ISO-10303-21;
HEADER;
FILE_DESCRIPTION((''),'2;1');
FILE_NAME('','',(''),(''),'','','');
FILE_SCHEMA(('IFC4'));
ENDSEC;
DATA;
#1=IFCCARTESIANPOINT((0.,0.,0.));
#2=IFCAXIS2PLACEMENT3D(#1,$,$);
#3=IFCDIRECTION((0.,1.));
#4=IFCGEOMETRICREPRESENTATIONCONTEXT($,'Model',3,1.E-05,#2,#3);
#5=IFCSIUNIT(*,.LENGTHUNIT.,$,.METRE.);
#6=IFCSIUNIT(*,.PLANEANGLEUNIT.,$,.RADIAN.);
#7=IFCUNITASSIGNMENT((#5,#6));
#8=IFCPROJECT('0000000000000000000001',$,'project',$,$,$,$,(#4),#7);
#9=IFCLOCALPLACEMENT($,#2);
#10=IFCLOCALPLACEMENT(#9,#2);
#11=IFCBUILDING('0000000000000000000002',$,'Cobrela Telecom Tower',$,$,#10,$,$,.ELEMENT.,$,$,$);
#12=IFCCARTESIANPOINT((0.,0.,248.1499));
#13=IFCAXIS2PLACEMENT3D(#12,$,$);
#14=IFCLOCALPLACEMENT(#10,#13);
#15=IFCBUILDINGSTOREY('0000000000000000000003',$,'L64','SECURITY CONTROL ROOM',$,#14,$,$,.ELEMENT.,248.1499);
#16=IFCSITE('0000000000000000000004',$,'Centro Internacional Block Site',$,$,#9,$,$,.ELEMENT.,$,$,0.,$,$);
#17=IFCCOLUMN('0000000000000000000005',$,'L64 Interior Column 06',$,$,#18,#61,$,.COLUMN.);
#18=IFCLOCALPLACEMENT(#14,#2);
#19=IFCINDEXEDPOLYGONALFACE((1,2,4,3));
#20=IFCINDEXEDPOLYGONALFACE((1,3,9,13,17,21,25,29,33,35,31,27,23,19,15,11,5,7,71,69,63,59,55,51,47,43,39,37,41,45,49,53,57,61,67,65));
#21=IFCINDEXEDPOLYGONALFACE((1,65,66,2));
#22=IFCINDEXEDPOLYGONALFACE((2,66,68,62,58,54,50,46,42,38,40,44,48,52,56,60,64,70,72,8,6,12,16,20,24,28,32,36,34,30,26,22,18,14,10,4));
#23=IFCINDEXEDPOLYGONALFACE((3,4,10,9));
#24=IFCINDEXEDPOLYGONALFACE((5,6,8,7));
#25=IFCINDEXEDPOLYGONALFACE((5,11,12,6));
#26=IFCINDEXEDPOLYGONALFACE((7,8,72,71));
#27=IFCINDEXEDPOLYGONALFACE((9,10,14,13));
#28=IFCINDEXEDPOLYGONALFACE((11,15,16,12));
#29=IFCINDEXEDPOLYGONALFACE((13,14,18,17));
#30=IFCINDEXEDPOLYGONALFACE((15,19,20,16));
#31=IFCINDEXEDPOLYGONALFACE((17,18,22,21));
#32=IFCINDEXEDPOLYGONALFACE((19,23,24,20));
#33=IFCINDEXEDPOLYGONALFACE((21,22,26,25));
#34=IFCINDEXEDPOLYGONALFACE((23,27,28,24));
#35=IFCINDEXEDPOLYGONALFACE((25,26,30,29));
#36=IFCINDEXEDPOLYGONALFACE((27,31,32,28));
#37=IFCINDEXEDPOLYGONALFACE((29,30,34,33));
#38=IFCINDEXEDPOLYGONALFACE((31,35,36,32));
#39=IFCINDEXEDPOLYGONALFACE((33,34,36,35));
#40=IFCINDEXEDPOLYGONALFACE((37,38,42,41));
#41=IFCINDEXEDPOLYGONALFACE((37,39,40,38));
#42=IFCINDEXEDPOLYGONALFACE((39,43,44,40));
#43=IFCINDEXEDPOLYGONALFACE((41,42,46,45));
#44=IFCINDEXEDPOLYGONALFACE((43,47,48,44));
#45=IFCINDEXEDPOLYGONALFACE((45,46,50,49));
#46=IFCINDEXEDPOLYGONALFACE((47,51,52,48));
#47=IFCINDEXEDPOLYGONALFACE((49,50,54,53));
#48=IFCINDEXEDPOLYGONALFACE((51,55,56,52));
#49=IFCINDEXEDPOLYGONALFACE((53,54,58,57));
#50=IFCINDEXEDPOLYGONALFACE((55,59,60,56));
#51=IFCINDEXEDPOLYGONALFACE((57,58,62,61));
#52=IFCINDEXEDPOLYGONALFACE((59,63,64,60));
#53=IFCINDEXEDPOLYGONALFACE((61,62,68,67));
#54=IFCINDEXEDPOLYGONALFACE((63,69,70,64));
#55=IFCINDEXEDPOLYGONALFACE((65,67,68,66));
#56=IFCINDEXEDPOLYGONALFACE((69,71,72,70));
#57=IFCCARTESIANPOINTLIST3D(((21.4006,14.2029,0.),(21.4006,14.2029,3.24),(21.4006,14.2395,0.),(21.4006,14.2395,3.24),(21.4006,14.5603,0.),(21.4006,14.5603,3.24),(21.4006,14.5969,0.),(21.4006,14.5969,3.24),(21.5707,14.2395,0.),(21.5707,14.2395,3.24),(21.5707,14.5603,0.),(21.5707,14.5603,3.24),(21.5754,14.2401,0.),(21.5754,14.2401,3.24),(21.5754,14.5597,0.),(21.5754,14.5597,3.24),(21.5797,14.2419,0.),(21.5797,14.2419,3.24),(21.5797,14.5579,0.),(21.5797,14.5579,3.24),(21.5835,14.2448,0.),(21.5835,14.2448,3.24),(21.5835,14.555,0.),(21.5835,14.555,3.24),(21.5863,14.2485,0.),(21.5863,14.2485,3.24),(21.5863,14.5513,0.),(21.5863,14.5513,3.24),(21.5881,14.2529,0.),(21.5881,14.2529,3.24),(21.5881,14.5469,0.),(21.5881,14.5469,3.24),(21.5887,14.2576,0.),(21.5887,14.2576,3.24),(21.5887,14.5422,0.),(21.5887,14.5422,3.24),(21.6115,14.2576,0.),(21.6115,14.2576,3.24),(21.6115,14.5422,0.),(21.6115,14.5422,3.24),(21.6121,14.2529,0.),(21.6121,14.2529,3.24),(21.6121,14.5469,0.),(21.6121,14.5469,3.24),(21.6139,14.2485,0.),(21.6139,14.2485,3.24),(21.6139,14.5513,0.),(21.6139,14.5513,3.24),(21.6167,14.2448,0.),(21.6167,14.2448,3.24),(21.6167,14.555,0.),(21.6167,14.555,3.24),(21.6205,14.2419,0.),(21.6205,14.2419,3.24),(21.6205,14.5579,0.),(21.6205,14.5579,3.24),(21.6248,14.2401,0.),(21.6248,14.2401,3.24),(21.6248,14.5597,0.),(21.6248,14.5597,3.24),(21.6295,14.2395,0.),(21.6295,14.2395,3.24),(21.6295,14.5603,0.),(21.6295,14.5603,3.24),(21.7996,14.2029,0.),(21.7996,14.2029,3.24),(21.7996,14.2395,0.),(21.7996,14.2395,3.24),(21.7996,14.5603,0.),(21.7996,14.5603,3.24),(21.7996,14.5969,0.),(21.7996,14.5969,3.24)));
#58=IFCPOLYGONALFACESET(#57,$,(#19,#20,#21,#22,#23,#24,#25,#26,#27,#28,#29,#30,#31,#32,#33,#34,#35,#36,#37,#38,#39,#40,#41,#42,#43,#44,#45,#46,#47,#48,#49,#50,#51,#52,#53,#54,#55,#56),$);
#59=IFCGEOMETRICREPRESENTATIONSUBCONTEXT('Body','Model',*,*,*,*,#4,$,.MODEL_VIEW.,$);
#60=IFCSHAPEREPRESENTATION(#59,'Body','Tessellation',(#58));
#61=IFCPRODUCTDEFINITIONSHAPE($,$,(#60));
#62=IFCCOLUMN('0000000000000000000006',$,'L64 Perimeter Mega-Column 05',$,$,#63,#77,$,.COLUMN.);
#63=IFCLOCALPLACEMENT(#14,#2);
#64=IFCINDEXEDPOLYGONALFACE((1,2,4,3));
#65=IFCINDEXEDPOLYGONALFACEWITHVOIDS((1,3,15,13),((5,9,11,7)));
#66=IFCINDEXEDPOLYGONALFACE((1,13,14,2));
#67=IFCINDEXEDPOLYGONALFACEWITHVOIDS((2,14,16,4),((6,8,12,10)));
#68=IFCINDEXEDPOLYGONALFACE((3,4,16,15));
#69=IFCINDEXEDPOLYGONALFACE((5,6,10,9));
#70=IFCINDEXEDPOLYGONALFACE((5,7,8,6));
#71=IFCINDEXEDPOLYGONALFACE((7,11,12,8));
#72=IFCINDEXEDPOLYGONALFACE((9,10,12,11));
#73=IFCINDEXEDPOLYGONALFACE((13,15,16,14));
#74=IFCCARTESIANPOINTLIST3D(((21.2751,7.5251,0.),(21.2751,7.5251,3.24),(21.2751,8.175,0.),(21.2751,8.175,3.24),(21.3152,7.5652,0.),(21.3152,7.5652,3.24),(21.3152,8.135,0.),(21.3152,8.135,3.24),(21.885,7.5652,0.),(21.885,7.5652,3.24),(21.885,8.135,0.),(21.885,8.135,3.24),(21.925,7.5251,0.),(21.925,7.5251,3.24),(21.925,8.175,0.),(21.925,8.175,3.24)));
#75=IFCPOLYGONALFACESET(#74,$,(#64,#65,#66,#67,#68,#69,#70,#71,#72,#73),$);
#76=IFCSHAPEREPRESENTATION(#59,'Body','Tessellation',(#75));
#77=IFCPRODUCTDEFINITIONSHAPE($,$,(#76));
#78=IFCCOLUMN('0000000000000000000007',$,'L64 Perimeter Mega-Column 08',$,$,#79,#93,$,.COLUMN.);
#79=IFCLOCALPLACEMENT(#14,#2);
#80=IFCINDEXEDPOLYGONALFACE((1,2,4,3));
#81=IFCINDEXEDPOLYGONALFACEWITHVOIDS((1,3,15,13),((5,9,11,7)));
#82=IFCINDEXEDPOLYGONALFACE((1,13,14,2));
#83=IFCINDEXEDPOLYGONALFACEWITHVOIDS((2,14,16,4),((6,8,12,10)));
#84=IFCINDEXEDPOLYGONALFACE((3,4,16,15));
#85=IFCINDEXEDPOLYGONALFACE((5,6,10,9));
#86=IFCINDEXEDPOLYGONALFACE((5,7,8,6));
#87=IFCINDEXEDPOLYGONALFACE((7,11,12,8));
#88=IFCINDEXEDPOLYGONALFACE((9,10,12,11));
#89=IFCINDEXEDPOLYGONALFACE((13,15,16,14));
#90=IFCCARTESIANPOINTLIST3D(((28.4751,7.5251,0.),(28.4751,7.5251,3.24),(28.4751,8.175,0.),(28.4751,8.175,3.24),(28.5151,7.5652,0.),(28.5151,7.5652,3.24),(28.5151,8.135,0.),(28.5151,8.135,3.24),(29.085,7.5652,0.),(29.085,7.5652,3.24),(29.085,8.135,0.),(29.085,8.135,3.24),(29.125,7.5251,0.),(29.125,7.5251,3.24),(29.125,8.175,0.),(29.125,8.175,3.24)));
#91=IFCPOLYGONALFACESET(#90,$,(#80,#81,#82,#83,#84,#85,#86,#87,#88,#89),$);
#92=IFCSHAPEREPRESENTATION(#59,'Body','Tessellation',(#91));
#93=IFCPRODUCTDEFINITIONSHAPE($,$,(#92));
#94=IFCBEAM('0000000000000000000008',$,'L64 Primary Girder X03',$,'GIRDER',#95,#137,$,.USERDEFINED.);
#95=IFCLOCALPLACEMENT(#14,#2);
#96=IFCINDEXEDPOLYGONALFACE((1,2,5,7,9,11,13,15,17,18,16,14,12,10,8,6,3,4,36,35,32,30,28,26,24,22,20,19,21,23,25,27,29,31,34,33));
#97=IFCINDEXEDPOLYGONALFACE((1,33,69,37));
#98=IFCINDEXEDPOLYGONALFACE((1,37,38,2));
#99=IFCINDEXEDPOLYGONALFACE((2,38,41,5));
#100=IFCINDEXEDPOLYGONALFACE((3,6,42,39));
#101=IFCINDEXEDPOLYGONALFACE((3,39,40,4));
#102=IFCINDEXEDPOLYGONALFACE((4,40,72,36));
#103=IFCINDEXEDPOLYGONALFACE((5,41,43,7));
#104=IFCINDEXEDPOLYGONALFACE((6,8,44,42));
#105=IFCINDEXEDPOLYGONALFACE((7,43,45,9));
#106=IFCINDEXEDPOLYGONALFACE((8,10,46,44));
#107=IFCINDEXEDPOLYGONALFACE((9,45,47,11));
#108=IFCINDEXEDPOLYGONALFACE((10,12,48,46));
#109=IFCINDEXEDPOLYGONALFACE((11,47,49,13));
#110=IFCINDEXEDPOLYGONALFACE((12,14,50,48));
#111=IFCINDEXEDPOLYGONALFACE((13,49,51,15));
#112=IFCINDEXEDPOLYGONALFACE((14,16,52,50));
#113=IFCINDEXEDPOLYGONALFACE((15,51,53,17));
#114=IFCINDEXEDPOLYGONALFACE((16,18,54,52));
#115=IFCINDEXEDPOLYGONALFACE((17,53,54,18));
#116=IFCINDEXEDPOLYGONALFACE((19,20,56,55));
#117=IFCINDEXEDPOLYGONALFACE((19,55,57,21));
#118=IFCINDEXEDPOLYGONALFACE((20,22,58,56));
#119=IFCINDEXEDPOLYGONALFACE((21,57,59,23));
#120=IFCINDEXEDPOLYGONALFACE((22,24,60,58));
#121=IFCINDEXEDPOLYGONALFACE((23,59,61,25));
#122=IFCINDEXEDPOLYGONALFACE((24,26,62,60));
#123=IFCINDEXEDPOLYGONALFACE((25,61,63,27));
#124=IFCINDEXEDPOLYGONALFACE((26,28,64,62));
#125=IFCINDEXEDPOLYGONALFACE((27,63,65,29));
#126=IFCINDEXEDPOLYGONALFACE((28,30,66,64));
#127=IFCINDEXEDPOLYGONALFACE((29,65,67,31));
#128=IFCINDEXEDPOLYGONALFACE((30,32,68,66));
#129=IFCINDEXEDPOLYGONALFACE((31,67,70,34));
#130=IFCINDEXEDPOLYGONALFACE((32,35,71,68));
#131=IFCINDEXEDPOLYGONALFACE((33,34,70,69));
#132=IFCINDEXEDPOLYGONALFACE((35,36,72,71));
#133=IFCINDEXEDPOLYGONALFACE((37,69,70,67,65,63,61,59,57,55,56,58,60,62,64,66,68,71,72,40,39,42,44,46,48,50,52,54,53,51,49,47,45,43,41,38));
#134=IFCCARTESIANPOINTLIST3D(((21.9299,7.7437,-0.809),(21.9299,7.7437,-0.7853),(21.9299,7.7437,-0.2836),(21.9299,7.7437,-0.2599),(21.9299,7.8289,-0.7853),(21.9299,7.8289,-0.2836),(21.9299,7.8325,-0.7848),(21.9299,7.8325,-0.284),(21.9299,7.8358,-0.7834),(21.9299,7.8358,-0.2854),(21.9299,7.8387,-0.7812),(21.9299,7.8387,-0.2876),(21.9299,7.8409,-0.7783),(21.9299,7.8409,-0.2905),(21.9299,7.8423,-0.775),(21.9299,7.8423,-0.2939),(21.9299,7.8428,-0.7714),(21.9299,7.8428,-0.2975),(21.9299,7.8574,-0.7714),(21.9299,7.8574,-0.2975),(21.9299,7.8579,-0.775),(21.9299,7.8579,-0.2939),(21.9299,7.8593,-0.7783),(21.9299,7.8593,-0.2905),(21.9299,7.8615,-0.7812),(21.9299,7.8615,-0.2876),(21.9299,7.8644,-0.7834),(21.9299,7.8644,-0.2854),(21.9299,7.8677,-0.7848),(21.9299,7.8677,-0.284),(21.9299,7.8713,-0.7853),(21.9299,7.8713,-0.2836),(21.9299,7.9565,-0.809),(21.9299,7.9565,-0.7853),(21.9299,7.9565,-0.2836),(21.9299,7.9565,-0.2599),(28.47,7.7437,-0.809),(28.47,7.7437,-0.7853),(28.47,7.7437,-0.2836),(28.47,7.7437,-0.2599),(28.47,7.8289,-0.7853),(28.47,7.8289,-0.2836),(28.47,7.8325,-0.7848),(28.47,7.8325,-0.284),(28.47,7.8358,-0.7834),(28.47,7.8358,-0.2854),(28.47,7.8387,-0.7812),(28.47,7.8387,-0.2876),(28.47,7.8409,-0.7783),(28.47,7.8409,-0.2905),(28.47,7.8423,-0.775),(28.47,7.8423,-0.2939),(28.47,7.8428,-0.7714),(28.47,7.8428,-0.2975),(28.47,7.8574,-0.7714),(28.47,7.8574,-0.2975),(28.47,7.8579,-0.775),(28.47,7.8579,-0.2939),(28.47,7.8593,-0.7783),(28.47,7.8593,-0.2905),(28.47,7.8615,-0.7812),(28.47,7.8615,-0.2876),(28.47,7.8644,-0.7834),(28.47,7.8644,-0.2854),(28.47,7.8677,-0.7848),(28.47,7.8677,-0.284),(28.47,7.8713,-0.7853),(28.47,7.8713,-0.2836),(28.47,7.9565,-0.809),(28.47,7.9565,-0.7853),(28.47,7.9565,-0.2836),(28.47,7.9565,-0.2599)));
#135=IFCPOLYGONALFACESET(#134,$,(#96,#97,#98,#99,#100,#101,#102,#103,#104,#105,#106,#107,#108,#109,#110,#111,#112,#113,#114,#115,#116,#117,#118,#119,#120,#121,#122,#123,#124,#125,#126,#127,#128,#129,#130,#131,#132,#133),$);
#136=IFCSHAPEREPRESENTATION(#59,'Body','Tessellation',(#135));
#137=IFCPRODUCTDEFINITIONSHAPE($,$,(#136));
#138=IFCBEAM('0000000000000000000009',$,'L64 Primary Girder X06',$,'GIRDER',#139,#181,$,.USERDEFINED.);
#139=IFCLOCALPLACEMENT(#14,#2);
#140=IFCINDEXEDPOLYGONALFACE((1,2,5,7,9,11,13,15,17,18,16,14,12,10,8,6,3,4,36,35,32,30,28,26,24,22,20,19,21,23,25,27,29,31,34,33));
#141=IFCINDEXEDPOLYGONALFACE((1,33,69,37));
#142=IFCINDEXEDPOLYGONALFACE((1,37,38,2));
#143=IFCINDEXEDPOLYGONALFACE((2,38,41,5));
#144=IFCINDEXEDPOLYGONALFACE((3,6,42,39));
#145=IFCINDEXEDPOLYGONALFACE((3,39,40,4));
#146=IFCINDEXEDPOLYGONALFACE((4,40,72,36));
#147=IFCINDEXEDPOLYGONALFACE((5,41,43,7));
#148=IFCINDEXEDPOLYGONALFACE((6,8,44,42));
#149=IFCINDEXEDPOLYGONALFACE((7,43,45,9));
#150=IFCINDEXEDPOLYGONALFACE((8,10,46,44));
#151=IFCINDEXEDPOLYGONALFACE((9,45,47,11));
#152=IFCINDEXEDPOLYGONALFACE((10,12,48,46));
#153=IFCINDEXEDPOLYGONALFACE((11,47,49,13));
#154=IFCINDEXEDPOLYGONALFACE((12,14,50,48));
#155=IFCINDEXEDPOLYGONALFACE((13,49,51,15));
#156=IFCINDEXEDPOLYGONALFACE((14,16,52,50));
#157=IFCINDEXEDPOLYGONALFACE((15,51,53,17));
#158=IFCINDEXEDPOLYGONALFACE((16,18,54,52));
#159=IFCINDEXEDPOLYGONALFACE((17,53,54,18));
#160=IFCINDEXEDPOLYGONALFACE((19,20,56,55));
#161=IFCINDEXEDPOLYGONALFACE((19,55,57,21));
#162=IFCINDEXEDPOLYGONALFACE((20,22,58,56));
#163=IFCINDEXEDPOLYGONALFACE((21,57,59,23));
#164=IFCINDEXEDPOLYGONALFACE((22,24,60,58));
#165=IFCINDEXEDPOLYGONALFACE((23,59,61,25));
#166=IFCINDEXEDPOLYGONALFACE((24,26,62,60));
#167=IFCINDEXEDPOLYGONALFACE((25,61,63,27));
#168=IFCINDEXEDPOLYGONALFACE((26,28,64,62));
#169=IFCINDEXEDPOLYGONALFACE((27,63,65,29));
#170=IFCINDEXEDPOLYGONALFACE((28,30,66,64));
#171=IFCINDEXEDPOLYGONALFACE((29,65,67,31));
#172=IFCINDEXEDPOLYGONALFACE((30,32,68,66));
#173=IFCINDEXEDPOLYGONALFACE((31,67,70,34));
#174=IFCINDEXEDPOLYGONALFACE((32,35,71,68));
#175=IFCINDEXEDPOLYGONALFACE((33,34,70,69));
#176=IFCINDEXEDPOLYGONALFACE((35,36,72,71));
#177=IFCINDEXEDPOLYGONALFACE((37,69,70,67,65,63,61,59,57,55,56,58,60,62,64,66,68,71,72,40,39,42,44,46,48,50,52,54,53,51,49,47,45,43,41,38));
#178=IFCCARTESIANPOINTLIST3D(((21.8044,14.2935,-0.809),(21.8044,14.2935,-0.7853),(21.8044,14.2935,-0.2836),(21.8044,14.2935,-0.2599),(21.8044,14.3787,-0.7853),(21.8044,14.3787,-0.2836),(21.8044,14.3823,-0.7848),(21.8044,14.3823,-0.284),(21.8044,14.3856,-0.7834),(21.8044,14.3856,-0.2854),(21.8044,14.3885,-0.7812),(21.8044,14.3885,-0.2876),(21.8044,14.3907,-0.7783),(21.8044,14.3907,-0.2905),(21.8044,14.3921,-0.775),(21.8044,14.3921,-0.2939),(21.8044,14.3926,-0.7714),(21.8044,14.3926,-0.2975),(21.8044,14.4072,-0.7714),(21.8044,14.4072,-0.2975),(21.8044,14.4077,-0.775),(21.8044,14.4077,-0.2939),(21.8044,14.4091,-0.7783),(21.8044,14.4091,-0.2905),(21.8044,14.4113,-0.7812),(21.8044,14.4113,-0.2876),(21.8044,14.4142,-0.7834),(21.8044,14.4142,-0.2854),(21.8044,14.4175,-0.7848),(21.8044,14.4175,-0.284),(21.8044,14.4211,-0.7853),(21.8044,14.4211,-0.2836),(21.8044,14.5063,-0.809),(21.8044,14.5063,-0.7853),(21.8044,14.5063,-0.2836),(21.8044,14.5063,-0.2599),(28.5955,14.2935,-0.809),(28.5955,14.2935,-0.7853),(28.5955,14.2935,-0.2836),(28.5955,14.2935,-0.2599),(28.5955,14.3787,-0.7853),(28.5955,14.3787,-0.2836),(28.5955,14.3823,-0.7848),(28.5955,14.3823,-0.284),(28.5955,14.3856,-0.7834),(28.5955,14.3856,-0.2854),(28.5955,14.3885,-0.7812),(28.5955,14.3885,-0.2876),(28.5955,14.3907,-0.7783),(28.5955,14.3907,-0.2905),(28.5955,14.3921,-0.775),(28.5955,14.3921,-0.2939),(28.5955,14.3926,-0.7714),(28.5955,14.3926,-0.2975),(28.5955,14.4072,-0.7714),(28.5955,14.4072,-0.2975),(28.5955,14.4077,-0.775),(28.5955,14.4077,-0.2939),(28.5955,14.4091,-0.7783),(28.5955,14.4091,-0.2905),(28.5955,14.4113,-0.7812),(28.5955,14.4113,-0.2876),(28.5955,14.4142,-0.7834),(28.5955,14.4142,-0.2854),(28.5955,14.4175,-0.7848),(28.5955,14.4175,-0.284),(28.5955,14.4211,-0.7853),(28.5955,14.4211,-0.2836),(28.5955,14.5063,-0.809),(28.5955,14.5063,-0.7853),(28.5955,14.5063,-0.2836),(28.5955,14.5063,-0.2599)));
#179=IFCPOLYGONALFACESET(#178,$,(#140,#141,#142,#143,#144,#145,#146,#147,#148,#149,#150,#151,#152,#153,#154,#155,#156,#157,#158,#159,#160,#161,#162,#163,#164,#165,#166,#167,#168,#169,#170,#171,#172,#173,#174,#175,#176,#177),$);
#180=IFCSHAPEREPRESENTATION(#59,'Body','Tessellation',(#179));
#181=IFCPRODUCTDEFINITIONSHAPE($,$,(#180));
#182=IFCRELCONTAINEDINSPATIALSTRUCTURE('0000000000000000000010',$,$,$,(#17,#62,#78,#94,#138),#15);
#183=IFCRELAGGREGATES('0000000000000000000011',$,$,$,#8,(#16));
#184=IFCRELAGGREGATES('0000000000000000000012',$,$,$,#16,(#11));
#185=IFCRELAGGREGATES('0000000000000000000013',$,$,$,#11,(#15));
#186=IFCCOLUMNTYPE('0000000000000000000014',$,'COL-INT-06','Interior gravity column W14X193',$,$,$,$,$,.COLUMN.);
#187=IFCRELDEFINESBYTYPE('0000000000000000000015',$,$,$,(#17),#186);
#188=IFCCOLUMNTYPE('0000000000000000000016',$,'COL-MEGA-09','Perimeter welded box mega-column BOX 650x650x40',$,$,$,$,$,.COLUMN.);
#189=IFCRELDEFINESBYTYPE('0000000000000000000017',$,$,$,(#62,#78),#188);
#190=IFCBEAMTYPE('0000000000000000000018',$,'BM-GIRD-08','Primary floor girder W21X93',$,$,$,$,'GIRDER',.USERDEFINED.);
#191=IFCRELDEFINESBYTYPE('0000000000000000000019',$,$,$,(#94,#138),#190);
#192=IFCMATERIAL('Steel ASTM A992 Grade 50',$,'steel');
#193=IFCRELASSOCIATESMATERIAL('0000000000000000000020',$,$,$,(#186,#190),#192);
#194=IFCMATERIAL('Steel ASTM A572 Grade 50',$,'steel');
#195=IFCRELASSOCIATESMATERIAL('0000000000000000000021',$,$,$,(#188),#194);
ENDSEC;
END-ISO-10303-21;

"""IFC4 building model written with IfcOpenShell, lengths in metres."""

from ifc_helpers import new_model, si_unit, direction, frame, origin, origin_2d, place, context, subcontext, project, spatial, hollow_rectangle, i_section, extrude, material, material_profile, profile_set, type_object, element, save


model = new_model("IFC4")

# Units and contexts
model_context = context("Model", 3, precision=1e-05, world=origin(), true_north=direction((0.0, 1.0)))
body_context = subcontext(model_context, "Body", "Model", "MODEL_VIEW")
ifc_project = project(units=[si_unit("LENGTHUNIT", "METRE"), si_unit("PLANEANGLEUNIT", "RADIAN")], contexts=[model_context])

# Site, building, storey
site_placement = place(None, origin())
site = spatial("IfcSite", under=ifc_project, at=site_placement, Name="Centro Internacional Block Site", CompositionType="ELEMENT", RefElevation=0.0)
building_placement = place(site_placement, origin())
building = spatial("IfcBuilding", under=site, at=building_placement, Name="Cobrela Telecom Tower", CompositionType="ELEMENT")
storey_placement = place(building_placement, frame((0.0, 0.0, 248.1499)))
storey = spatial("IfcBuildingStorey", under=building, at=storey_placement, Name="L64", Description="SECURITY CONTROL ROOM", CompositionType="ELEMENT", Elevation=248.1499)

# Columns
ifc_material_1 = material(Name="Steel ASTM A992 Grade 50", Category="steel")
ifc_material_profile_1 = material_profile(ifc_material_1, i_section(OverallWidth=0.3989, OverallDepth=0.394, WebThickness=0.0227, FlangeThickness=0.0366, FilletRadius=0.0181, at=origin_2d()), Name="W14X193")
ifc_profile_set_1 = profile_set([ifc_material_profile_1], Name="Steel ASTM A992 Grade 50")
column_type_1 = type_object("IfcColumnType", Name="COL-INT-06", Description="Interior gravity column W14X193", PredefinedType="COLUMN", material=ifc_profile_set_1)
column_placement = place(storey_placement, frame((21.6001, 14.3999, 0.0), z_axis=(0.0, 0.0, 1.0), x_axis=(1.0, 0.0, 0.0)))
element("IfcColumn", 1, at=column_placement, inside=storey, type_object=column_type_1, Name="L64 Interior Column 06", PredefinedType="COLUMN", context=body_context, shape_type="SweptSolid", body=[
    extrude(i_section(OverallWidth=0.3989, OverallDepth=0.394, WebThickness=0.0227, FlangeThickness=0.0366, FilletRadius=0.0181, at=origin_2d()), origin(), (0.0, 0.0, 1.0), 3.24),
])
ifc_material_2 = material(Name="Steel ASTM A572 Grade 50", Category="steel")
ifc_material_profile_2 = material_profile(ifc_material_2, hollow_rectangle(XDim=0.6499, YDim=0.6499, WallThickness=0.04, at=origin_2d()), Name="BOX 650x650x40")
ifc_profile_set_2 = profile_set([ifc_material_profile_2], Name="Steel ASTM A572 Grade 50")
column_type_2 = type_object("IfcColumnType", Name="COL-MEGA-09", Description="Perimeter welded box mega-column BOX 650x650x40", PredefinedType="COLUMN", material=ifc_profile_set_2)
for number, where, z_axis, x_axis, name in (
    (2, (21.6001, 7.8501, 0.0), (0.0, 0.0, 1.0), (1.0, 0.0, 0.0), "L64 Perimeter Mega-Column 05"),
    (3, (28.8, 7.8501, 0.0), (0.0, 0.0, 1.0), (1.0, 0.0, 0.0), "L64 Perimeter Mega-Column 08"),
):
    element("IfcColumn", number, at=place(storey_placement, frame(where, z_axis=z_axis, x_axis=x_axis)), inside=storey, type_object=column_type_2, Name=name, PredefinedType="COLUMN", context=body_context, shape_type="SweptSolid", body=[
        extrude(hollow_rectangle(XDim=0.6499, YDim=0.6499, WallThickness=0.04, at=origin_2d()), origin(), (0.0, 0.0, 1.0), 3.24),
    ])

# Beams
ifc_material_profile_3 = material_profile(ifc_material_1, i_section(OverallWidth=0.2129, OverallDepth=0.5491, WebThickness=0.0146, FlangeThickness=0.0237, FilletRadius=0.0139, at=origin_2d()), Name="W21X93")
ifc_profile_set_3 = profile_set([ifc_material_profile_3], Name="Steel ASTM A992 Grade 50")
beam_type_1 = type_object("IfcBeamType", Name="BM-GIRD-08", Description="Primary floor girder W21X93", ElementType="GIRDER", PredefinedType="USERDEFINED", material=ifc_profile_set_3)
beam_1_placement = place(storey_placement, frame((21.9299, 7.8501, -0.5344), z_axis=(1.0, 0.0, 0.0), x_axis=(0.0, 1.0, 0.0)))
element("IfcBeam", 4, at=beam_1_placement, inside=storey, type_object=beam_type_1, Name="L64 Primary Girder X03", ObjectType="GIRDER", PredefinedType="USERDEFINED", context=body_context, shape_type="SweptSolid", body=[
    extrude(i_section(OverallWidth=0.2129, OverallDepth=0.5491, WebThickness=0.0146, FlangeThickness=0.0237, FilletRadius=0.0139, at=origin_2d()), origin(), (0.0, 0.0, 1.0), 6.54),
])
beam_2_placement = place(storey_placement, frame((21.8044, 14.3999, -0.5344), z_axis=(1.0, 0.0, 0.0), x_axis=(0.0, 1.0, 0.0)))
element("IfcBeam", 5, at=beam_2_placement, inside=storey, type_object=beam_type_1, Name="L64 Primary Girder X06", ObjectType="GIRDER", PredefinedType="USERDEFINED", context=body_context, shape_type="SweptSolid", body=[
    extrude(i_section(OverallWidth=0.2129, OverallDepth=0.5491, WebThickness=0.0146, FlangeThickness=0.0237, FilletRadius=0.0139, at=origin_2d()), origin(), (0.0, 0.0, 1.0), 6.791),
])

save(model, "model.ifc")
